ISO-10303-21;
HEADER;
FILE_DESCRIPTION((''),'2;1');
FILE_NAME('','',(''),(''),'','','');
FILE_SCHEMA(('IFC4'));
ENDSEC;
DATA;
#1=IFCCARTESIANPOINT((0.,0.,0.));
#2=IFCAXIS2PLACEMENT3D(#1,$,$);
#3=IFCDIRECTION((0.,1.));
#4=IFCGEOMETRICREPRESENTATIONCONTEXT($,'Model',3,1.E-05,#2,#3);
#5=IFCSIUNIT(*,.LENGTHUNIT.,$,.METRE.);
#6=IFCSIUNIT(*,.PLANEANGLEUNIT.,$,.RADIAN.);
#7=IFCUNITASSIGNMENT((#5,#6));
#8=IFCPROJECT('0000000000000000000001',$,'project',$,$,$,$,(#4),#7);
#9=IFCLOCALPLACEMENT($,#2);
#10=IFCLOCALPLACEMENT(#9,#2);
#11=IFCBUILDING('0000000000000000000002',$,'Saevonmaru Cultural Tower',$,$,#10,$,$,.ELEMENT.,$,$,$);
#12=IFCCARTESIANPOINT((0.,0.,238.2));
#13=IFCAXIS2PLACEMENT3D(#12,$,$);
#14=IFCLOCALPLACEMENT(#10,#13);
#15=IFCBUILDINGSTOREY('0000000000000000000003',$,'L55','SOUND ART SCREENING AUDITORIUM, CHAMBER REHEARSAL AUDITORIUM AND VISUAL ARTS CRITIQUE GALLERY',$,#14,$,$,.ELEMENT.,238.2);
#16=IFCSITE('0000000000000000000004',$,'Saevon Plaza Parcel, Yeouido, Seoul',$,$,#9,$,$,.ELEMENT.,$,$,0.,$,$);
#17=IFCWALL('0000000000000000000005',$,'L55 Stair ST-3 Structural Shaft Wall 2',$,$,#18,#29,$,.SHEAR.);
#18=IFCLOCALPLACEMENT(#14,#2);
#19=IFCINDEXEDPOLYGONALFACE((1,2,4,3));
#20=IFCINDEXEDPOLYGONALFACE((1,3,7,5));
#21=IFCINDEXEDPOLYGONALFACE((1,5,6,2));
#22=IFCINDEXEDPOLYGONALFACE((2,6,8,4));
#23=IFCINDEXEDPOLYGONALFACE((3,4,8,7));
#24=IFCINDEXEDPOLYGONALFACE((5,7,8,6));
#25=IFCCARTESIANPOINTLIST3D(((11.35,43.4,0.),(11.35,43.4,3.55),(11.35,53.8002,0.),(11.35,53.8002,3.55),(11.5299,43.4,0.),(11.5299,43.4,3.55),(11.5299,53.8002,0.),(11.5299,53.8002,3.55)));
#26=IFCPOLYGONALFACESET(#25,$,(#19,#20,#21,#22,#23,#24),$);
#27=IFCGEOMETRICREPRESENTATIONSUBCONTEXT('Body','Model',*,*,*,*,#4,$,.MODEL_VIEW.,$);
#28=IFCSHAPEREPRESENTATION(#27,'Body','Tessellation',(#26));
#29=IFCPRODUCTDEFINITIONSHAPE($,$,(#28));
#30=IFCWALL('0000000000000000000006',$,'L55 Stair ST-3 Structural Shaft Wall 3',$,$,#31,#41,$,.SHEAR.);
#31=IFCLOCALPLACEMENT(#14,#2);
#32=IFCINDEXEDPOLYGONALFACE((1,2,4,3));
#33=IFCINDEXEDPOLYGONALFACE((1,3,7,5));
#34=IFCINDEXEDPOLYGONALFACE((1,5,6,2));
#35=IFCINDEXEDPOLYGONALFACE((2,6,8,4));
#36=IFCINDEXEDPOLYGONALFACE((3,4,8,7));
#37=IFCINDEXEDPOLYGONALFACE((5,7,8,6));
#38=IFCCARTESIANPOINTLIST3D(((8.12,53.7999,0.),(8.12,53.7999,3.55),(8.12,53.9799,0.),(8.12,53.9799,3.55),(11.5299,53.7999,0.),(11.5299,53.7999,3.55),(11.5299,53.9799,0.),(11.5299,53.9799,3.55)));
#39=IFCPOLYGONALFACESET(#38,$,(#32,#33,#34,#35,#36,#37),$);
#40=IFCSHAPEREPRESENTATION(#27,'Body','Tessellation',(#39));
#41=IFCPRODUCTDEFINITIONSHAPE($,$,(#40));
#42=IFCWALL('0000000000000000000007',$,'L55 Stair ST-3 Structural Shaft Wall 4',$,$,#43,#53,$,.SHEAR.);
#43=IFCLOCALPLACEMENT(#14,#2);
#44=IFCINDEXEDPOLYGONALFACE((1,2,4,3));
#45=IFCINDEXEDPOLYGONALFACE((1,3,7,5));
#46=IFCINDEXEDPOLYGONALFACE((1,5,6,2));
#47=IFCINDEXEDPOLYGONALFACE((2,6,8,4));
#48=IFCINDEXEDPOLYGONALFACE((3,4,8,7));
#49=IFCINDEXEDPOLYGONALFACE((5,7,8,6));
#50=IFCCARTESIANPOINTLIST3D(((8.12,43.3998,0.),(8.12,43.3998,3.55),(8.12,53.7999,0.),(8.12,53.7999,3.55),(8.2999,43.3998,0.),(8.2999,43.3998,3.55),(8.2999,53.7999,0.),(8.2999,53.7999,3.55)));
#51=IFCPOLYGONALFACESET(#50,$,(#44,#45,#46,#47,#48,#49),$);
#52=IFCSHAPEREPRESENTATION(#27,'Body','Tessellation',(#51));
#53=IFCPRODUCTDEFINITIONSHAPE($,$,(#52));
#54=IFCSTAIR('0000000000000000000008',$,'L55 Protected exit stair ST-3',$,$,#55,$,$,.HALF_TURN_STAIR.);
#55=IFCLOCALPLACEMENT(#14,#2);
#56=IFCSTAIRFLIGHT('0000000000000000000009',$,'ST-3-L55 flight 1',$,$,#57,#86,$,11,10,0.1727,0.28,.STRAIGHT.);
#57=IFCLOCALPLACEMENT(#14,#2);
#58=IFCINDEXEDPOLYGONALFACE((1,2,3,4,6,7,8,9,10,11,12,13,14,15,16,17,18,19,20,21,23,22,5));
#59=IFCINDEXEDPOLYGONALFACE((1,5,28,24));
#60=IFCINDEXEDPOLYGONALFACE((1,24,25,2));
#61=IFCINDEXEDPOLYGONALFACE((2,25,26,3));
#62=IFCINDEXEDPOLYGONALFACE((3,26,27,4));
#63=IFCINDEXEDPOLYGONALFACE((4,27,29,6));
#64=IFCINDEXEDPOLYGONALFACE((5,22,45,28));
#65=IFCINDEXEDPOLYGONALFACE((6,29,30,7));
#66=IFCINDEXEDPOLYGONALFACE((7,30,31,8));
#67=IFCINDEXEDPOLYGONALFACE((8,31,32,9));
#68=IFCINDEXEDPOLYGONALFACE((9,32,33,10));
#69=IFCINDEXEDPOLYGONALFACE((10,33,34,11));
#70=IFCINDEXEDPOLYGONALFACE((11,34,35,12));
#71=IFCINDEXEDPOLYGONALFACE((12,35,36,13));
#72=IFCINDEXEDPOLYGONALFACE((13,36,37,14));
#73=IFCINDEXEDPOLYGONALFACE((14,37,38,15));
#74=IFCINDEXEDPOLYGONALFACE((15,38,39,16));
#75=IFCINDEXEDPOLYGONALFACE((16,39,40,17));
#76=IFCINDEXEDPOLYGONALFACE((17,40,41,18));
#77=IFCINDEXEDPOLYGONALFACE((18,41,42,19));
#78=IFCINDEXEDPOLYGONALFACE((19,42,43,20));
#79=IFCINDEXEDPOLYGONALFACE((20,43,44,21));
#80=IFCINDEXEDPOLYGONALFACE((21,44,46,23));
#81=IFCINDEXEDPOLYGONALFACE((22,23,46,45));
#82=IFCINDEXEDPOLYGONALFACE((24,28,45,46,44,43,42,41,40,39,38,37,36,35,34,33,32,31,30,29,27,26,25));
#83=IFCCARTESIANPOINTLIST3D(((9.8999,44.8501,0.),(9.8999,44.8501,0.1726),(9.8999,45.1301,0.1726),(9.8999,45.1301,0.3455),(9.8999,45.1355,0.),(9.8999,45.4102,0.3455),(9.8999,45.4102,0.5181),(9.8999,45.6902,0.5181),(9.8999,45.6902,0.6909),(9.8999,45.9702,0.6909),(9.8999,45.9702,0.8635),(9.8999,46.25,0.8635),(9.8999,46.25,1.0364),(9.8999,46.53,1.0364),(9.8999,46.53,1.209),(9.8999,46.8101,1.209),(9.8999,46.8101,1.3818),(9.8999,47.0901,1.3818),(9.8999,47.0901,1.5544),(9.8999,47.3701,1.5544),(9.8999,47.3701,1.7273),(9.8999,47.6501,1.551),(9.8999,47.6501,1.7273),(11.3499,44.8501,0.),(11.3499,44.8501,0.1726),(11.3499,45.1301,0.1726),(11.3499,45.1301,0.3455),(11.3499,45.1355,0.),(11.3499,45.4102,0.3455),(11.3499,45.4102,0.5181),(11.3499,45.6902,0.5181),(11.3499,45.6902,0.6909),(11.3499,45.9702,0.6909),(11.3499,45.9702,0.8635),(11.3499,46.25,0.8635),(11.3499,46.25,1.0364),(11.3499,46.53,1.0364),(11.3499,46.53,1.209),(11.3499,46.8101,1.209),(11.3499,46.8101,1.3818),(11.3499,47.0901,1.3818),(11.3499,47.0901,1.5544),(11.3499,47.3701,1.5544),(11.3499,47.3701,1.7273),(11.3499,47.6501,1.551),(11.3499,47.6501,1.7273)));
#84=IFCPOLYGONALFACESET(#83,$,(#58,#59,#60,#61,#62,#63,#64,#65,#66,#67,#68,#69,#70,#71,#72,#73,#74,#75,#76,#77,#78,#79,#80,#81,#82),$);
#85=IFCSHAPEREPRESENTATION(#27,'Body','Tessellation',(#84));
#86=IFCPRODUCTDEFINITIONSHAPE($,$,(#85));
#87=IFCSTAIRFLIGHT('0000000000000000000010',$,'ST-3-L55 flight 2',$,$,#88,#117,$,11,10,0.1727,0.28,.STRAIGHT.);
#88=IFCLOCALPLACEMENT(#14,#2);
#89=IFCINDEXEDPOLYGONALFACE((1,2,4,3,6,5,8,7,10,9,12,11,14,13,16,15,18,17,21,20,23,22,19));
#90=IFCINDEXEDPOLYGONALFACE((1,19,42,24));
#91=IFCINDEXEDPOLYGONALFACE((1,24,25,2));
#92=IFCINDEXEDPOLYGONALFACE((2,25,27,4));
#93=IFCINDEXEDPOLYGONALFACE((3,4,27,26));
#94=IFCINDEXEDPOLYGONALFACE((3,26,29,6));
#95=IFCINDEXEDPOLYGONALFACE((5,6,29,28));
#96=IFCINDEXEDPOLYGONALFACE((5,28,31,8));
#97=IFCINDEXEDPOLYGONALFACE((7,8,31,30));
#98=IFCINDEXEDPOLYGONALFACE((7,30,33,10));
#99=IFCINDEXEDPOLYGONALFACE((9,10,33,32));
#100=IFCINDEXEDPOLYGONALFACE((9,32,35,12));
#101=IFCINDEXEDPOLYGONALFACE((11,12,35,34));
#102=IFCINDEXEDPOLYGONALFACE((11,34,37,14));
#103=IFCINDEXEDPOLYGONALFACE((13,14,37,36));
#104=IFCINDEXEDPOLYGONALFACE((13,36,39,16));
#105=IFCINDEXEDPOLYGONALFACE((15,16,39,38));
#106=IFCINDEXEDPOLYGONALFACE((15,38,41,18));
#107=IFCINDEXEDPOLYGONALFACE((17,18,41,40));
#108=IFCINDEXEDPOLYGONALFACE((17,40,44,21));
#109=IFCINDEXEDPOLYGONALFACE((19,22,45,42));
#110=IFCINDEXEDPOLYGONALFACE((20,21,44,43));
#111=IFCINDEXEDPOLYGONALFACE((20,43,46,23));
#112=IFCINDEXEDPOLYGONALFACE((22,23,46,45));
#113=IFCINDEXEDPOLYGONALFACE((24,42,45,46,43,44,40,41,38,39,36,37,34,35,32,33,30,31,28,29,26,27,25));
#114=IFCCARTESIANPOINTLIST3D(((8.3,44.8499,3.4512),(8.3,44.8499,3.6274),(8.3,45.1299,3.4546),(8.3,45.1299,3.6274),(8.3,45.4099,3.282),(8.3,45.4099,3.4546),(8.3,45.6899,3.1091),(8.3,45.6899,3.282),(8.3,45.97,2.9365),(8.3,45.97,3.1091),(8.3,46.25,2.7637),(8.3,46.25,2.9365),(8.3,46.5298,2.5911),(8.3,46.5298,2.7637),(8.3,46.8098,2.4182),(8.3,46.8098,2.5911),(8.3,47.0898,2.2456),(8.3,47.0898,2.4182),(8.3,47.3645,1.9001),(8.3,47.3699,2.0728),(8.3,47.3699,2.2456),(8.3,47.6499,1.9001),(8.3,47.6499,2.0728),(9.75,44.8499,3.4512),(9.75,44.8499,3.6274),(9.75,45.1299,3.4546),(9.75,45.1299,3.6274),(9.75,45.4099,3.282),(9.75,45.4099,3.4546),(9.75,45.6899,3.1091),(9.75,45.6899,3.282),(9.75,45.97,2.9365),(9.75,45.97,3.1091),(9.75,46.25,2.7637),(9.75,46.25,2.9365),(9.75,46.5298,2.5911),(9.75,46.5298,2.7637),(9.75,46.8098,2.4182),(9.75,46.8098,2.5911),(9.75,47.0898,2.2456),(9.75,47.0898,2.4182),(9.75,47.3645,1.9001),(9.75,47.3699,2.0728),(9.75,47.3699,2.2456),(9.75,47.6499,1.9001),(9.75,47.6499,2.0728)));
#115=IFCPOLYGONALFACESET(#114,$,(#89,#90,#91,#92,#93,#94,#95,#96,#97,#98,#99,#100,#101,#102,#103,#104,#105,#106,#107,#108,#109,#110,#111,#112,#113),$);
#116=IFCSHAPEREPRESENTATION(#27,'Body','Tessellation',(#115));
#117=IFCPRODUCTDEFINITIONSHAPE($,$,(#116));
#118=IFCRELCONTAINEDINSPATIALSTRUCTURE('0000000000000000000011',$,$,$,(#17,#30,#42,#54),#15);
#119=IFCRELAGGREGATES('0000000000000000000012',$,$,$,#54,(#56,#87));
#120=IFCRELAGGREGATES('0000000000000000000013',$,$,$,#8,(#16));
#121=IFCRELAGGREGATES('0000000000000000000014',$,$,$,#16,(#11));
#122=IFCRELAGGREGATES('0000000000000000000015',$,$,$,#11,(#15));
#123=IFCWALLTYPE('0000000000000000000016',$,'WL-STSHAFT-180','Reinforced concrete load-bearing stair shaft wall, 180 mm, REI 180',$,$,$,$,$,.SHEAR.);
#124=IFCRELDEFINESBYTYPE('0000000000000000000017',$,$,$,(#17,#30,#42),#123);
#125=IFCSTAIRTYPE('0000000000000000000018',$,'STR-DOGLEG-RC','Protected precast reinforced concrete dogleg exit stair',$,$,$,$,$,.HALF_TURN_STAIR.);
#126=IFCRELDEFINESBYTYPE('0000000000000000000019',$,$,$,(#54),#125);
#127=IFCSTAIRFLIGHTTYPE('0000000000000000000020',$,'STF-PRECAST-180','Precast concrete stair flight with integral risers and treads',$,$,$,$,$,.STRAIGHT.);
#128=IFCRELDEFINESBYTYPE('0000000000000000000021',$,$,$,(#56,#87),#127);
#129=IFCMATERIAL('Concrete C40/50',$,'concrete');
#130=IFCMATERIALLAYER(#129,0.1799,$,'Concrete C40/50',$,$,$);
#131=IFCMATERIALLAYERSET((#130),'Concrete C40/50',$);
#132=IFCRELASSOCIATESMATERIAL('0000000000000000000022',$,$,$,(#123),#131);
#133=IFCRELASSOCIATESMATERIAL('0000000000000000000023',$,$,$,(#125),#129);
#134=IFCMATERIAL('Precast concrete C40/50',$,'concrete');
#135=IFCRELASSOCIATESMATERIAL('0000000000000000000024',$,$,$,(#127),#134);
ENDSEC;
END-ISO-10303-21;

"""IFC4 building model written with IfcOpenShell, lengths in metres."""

from ifc_helpers import new_model, si_unit, direction, frame, frame_2d, origin, place, context, subcontext, project, spatial, polyline, rectangle, outline, extrude, material, layer, layer_set, type_object, element, aggregate, save


model = new_model("IFC4")

# Units and contexts
model_context = context("Model", 3, precision=1e-05, world=origin(), true_north=direction((0.0, 1.0)))
body_context = subcontext(model_context, "Body", "Model", "MODEL_VIEW")
ifc_project = project(units=[si_unit("LENGTHUNIT", "METRE"), si_unit("PLANEANGLEUNIT", "RADIAN")], contexts=[model_context])

# Site, building, storey
site_placement = place(None, origin())
site = spatial("IfcSite", under=ifc_project, at=site_placement, Name="Saevon Plaza Parcel, Yeouido, Seoul", CompositionType="ELEMENT", RefElevation=0.0)
building_placement = place(site_placement, origin())
building = spatial("IfcBuilding", under=site, at=building_placement, Name="Saevonmaru Cultural Tower", CompositionType="ELEMENT")
storey_placement = place(building_placement, frame((0.0, 0.0, 238.2)))
storey = spatial("IfcBuildingStorey", under=building, at=storey_placement, Name="L55", Description="SOUND ART SCREENING AUDITORIUM, CHAMBER REHEARSAL AUDITORIUM AND VISUAL ARTS CRITIQUE GALLERY", CompositionType="ELEMENT", Elevation=238.2)

# Shared definitions
ifc_material_1 = material(Name="Concrete C40/50", Category="concrete")
ifc_layer_1 = layer(ifc_material_1, 0.1799, Name="Concrete C40/50")
ifc_layer_set_1 = layer_set([ifc_layer_1], Name="Concrete C40/50")
wall_type_1 = type_object("IfcWallType", Name="WL-STSHAFT-180", Description="Reinforced concrete load-bearing stair shaft wall, 180 mm, REI 180", PredefinedType="SHEAR", material=ifc_layer_set_1)

# Walls
wall_1_placement = place(storey_placement, frame((11.4399, 43.3999, 0.0), z_axis=(0.0, 0.0, 1.0), x_axis=(0.0, 1.0, 0.0)))
element("IfcWall", 1, at=wall_1_placement, inside=storey, type_object=wall_type_1, Name="L55 Stair ST-3 Structural Shaft Wall 2", PredefinedType="SHEAR", context=body_context, shape_type="SweptSolid", body=[
    extrude(rectangle(XDim=10.4001, YDim=0.1799, at=frame_2d((5.2002, 0.0))), origin(), (0.0, 0.0, 1.0), 3.55),
])
wall_2_placement = place(storey_placement, frame((11.53, 53.8899, 0.0), z_axis=(0.0, 0.0, 1.0), x_axis=(-1.0, 0.0, 0.0)))
element("IfcWall", 2, at=wall_2_placement, inside=storey, type_object=wall_type_1, Name="L55 Stair ST-3 Structural Shaft Wall 3", PredefinedType="SHEAR", context=body_context, shape_type="SweptSolid", body=[
    extrude(rectangle(XDim=3.4099, YDim=0.1799, at=frame_2d((1.7051, 0.0))), origin(), (0.0, 0.0, 1.0), 3.55),
])
wall_3_placement = place(storey_placement, frame((8.21, 53.8, 0.0), z_axis=(0.0, 0.0, 1.0), x_axis=(0.0, -1.0, 0.0)))
element("IfcWall", 3, at=wall_3_placement, inside=storey, type_object=wall_type_1, Name="L55 Stair ST-3 Structural Shaft Wall 4", PredefinedType="SHEAR", context=body_context, shape_type="SweptSolid", body=[
    extrude(rectangle(XDim=10.4001, YDim=0.1799, at=frame_2d((5.2002, 0.0))), origin(), (0.0, 0.0, 1.0), 3.55),
])

# Stair, stair flights
stair_type = type_object("IfcStairType", Name="STR-DOGLEG-RC", Description="Protected precast reinforced concrete dogleg exit stair", PredefinedType="HALF_TURN_STAIR", material=ifc_material_1)
stair_placement = place(storey_placement, origin())
stair = element("IfcStair", 4, at=stair_placement, inside=storey, type_object=stair_type, Name="L55 Protected exit stair ST-3", PredefinedType="HALF_TURN_STAIR")
ifc_material_2 = material(Name="Precast concrete C40/50", Category="concrete")
stair_flight_type = type_object("IfcStairFlightType", Name="STF-PRECAST-180", Description="Precast concrete stair flight with integral risers and treads", PredefinedType="STRAIGHT", material=ifc_material_2)
stair_flight_1_placement = place(storey_placement, frame((10.625, 44.8501, 0.0), z_axis=(0.0, 0.0, 1.0), x_axis=(0.0, 1.0, 0.0)))
stair_flight_1 = element("IfcStairFlight", 5, at=stair_flight_1_placement, type_object=stair_flight_type, Name="ST-3-L55 flight 1", NumberOfRisers=11, NumberOfTreads=10, PredefinedType="STRAIGHT", RiserHeight=0.1727, TreadLength=0.28, context=body_context, shape_type="SweptSolid", body=[
    extrude(outline(polyline([(0.0, 0.0), (0.0, 0.1726), (0.28, 0.1726), (0.28, 0.3455), (0.5601, 0.3455), (0.5601, 0.5181), (0.8401, 0.5181), (0.8401, 0.6909), (1.1201, 0.6909), (1.1201, 0.8635), (1.3999, 0.8635), (1.3999, 1.0364), (1.6799, 1.0364), (1.6799, 1.209), (1.96, 1.209), (1.96, 1.3818), (2.24, 1.3818), (2.24, 1.5544), (2.52, 1.5544), (2.52, 1.7273), (2.8, 1.7273), (2.8, 1.8999), (2.8, 1.551), (0.2854, 0.0), (0.0, 0.0)])), frame((0.0, 0.7251, 0.0), z_axis=(0.0, -1.0, 0.0), x_axis=(1.0, 0.0, 0.0)), (0.0, 0.0, 1.0), 1.45),
])
stair_flight_2_placement = place(storey_placement, frame((9.0249, 47.6499, 1.9001), z_axis=(0.0, 0.0, 1.0), x_axis=(0.0, -1.0, 0.0)))
stair_flight_2 = element("IfcStairFlight", 6, at=stair_flight_2_placement, type_object=stair_flight_type, Name="ST-3-L55 flight 2", NumberOfRisers=11, NumberOfTreads=10, PredefinedType="STRAIGHT", RiserHeight=0.1727, TreadLength=0.28, context=body_context, shape_type="SweptSolid", body=[
    extrude(outline(polyline([(0.0, 0.0), (0.0, 0.1726), (0.28, 0.1726), (0.28, 0.3455), (0.5601, 0.3455), (0.5601, 0.5181), (0.8401, 0.5181), (0.8401, 0.6909), (1.1201, 0.6909), (1.1201, 0.8635), (1.3999, 0.8635), (1.3999, 1.0364), (1.6799, 1.0364), (1.6799, 1.209), (1.96, 1.209), (1.96, 1.3818), (2.24, 1.3818), (2.24, 1.5544), (2.52, 1.5544), (2.52, 1.7273), (2.8, 1.7273), (2.8, 1.8999), (2.8, 1.551), (0.2854, 0.0), (0.0, 0.0)])), frame((0.0, 0.7251, 0.0), z_axis=(0.0, -1.0, 0.0), x_axis=(1.0, 0.0, 0.0)), (0.0, 0.0, 1.0), 1.45),
])
aggregate(stair, [stair_flight_1, stair_flight_2])

save(model, "model.ifc")
